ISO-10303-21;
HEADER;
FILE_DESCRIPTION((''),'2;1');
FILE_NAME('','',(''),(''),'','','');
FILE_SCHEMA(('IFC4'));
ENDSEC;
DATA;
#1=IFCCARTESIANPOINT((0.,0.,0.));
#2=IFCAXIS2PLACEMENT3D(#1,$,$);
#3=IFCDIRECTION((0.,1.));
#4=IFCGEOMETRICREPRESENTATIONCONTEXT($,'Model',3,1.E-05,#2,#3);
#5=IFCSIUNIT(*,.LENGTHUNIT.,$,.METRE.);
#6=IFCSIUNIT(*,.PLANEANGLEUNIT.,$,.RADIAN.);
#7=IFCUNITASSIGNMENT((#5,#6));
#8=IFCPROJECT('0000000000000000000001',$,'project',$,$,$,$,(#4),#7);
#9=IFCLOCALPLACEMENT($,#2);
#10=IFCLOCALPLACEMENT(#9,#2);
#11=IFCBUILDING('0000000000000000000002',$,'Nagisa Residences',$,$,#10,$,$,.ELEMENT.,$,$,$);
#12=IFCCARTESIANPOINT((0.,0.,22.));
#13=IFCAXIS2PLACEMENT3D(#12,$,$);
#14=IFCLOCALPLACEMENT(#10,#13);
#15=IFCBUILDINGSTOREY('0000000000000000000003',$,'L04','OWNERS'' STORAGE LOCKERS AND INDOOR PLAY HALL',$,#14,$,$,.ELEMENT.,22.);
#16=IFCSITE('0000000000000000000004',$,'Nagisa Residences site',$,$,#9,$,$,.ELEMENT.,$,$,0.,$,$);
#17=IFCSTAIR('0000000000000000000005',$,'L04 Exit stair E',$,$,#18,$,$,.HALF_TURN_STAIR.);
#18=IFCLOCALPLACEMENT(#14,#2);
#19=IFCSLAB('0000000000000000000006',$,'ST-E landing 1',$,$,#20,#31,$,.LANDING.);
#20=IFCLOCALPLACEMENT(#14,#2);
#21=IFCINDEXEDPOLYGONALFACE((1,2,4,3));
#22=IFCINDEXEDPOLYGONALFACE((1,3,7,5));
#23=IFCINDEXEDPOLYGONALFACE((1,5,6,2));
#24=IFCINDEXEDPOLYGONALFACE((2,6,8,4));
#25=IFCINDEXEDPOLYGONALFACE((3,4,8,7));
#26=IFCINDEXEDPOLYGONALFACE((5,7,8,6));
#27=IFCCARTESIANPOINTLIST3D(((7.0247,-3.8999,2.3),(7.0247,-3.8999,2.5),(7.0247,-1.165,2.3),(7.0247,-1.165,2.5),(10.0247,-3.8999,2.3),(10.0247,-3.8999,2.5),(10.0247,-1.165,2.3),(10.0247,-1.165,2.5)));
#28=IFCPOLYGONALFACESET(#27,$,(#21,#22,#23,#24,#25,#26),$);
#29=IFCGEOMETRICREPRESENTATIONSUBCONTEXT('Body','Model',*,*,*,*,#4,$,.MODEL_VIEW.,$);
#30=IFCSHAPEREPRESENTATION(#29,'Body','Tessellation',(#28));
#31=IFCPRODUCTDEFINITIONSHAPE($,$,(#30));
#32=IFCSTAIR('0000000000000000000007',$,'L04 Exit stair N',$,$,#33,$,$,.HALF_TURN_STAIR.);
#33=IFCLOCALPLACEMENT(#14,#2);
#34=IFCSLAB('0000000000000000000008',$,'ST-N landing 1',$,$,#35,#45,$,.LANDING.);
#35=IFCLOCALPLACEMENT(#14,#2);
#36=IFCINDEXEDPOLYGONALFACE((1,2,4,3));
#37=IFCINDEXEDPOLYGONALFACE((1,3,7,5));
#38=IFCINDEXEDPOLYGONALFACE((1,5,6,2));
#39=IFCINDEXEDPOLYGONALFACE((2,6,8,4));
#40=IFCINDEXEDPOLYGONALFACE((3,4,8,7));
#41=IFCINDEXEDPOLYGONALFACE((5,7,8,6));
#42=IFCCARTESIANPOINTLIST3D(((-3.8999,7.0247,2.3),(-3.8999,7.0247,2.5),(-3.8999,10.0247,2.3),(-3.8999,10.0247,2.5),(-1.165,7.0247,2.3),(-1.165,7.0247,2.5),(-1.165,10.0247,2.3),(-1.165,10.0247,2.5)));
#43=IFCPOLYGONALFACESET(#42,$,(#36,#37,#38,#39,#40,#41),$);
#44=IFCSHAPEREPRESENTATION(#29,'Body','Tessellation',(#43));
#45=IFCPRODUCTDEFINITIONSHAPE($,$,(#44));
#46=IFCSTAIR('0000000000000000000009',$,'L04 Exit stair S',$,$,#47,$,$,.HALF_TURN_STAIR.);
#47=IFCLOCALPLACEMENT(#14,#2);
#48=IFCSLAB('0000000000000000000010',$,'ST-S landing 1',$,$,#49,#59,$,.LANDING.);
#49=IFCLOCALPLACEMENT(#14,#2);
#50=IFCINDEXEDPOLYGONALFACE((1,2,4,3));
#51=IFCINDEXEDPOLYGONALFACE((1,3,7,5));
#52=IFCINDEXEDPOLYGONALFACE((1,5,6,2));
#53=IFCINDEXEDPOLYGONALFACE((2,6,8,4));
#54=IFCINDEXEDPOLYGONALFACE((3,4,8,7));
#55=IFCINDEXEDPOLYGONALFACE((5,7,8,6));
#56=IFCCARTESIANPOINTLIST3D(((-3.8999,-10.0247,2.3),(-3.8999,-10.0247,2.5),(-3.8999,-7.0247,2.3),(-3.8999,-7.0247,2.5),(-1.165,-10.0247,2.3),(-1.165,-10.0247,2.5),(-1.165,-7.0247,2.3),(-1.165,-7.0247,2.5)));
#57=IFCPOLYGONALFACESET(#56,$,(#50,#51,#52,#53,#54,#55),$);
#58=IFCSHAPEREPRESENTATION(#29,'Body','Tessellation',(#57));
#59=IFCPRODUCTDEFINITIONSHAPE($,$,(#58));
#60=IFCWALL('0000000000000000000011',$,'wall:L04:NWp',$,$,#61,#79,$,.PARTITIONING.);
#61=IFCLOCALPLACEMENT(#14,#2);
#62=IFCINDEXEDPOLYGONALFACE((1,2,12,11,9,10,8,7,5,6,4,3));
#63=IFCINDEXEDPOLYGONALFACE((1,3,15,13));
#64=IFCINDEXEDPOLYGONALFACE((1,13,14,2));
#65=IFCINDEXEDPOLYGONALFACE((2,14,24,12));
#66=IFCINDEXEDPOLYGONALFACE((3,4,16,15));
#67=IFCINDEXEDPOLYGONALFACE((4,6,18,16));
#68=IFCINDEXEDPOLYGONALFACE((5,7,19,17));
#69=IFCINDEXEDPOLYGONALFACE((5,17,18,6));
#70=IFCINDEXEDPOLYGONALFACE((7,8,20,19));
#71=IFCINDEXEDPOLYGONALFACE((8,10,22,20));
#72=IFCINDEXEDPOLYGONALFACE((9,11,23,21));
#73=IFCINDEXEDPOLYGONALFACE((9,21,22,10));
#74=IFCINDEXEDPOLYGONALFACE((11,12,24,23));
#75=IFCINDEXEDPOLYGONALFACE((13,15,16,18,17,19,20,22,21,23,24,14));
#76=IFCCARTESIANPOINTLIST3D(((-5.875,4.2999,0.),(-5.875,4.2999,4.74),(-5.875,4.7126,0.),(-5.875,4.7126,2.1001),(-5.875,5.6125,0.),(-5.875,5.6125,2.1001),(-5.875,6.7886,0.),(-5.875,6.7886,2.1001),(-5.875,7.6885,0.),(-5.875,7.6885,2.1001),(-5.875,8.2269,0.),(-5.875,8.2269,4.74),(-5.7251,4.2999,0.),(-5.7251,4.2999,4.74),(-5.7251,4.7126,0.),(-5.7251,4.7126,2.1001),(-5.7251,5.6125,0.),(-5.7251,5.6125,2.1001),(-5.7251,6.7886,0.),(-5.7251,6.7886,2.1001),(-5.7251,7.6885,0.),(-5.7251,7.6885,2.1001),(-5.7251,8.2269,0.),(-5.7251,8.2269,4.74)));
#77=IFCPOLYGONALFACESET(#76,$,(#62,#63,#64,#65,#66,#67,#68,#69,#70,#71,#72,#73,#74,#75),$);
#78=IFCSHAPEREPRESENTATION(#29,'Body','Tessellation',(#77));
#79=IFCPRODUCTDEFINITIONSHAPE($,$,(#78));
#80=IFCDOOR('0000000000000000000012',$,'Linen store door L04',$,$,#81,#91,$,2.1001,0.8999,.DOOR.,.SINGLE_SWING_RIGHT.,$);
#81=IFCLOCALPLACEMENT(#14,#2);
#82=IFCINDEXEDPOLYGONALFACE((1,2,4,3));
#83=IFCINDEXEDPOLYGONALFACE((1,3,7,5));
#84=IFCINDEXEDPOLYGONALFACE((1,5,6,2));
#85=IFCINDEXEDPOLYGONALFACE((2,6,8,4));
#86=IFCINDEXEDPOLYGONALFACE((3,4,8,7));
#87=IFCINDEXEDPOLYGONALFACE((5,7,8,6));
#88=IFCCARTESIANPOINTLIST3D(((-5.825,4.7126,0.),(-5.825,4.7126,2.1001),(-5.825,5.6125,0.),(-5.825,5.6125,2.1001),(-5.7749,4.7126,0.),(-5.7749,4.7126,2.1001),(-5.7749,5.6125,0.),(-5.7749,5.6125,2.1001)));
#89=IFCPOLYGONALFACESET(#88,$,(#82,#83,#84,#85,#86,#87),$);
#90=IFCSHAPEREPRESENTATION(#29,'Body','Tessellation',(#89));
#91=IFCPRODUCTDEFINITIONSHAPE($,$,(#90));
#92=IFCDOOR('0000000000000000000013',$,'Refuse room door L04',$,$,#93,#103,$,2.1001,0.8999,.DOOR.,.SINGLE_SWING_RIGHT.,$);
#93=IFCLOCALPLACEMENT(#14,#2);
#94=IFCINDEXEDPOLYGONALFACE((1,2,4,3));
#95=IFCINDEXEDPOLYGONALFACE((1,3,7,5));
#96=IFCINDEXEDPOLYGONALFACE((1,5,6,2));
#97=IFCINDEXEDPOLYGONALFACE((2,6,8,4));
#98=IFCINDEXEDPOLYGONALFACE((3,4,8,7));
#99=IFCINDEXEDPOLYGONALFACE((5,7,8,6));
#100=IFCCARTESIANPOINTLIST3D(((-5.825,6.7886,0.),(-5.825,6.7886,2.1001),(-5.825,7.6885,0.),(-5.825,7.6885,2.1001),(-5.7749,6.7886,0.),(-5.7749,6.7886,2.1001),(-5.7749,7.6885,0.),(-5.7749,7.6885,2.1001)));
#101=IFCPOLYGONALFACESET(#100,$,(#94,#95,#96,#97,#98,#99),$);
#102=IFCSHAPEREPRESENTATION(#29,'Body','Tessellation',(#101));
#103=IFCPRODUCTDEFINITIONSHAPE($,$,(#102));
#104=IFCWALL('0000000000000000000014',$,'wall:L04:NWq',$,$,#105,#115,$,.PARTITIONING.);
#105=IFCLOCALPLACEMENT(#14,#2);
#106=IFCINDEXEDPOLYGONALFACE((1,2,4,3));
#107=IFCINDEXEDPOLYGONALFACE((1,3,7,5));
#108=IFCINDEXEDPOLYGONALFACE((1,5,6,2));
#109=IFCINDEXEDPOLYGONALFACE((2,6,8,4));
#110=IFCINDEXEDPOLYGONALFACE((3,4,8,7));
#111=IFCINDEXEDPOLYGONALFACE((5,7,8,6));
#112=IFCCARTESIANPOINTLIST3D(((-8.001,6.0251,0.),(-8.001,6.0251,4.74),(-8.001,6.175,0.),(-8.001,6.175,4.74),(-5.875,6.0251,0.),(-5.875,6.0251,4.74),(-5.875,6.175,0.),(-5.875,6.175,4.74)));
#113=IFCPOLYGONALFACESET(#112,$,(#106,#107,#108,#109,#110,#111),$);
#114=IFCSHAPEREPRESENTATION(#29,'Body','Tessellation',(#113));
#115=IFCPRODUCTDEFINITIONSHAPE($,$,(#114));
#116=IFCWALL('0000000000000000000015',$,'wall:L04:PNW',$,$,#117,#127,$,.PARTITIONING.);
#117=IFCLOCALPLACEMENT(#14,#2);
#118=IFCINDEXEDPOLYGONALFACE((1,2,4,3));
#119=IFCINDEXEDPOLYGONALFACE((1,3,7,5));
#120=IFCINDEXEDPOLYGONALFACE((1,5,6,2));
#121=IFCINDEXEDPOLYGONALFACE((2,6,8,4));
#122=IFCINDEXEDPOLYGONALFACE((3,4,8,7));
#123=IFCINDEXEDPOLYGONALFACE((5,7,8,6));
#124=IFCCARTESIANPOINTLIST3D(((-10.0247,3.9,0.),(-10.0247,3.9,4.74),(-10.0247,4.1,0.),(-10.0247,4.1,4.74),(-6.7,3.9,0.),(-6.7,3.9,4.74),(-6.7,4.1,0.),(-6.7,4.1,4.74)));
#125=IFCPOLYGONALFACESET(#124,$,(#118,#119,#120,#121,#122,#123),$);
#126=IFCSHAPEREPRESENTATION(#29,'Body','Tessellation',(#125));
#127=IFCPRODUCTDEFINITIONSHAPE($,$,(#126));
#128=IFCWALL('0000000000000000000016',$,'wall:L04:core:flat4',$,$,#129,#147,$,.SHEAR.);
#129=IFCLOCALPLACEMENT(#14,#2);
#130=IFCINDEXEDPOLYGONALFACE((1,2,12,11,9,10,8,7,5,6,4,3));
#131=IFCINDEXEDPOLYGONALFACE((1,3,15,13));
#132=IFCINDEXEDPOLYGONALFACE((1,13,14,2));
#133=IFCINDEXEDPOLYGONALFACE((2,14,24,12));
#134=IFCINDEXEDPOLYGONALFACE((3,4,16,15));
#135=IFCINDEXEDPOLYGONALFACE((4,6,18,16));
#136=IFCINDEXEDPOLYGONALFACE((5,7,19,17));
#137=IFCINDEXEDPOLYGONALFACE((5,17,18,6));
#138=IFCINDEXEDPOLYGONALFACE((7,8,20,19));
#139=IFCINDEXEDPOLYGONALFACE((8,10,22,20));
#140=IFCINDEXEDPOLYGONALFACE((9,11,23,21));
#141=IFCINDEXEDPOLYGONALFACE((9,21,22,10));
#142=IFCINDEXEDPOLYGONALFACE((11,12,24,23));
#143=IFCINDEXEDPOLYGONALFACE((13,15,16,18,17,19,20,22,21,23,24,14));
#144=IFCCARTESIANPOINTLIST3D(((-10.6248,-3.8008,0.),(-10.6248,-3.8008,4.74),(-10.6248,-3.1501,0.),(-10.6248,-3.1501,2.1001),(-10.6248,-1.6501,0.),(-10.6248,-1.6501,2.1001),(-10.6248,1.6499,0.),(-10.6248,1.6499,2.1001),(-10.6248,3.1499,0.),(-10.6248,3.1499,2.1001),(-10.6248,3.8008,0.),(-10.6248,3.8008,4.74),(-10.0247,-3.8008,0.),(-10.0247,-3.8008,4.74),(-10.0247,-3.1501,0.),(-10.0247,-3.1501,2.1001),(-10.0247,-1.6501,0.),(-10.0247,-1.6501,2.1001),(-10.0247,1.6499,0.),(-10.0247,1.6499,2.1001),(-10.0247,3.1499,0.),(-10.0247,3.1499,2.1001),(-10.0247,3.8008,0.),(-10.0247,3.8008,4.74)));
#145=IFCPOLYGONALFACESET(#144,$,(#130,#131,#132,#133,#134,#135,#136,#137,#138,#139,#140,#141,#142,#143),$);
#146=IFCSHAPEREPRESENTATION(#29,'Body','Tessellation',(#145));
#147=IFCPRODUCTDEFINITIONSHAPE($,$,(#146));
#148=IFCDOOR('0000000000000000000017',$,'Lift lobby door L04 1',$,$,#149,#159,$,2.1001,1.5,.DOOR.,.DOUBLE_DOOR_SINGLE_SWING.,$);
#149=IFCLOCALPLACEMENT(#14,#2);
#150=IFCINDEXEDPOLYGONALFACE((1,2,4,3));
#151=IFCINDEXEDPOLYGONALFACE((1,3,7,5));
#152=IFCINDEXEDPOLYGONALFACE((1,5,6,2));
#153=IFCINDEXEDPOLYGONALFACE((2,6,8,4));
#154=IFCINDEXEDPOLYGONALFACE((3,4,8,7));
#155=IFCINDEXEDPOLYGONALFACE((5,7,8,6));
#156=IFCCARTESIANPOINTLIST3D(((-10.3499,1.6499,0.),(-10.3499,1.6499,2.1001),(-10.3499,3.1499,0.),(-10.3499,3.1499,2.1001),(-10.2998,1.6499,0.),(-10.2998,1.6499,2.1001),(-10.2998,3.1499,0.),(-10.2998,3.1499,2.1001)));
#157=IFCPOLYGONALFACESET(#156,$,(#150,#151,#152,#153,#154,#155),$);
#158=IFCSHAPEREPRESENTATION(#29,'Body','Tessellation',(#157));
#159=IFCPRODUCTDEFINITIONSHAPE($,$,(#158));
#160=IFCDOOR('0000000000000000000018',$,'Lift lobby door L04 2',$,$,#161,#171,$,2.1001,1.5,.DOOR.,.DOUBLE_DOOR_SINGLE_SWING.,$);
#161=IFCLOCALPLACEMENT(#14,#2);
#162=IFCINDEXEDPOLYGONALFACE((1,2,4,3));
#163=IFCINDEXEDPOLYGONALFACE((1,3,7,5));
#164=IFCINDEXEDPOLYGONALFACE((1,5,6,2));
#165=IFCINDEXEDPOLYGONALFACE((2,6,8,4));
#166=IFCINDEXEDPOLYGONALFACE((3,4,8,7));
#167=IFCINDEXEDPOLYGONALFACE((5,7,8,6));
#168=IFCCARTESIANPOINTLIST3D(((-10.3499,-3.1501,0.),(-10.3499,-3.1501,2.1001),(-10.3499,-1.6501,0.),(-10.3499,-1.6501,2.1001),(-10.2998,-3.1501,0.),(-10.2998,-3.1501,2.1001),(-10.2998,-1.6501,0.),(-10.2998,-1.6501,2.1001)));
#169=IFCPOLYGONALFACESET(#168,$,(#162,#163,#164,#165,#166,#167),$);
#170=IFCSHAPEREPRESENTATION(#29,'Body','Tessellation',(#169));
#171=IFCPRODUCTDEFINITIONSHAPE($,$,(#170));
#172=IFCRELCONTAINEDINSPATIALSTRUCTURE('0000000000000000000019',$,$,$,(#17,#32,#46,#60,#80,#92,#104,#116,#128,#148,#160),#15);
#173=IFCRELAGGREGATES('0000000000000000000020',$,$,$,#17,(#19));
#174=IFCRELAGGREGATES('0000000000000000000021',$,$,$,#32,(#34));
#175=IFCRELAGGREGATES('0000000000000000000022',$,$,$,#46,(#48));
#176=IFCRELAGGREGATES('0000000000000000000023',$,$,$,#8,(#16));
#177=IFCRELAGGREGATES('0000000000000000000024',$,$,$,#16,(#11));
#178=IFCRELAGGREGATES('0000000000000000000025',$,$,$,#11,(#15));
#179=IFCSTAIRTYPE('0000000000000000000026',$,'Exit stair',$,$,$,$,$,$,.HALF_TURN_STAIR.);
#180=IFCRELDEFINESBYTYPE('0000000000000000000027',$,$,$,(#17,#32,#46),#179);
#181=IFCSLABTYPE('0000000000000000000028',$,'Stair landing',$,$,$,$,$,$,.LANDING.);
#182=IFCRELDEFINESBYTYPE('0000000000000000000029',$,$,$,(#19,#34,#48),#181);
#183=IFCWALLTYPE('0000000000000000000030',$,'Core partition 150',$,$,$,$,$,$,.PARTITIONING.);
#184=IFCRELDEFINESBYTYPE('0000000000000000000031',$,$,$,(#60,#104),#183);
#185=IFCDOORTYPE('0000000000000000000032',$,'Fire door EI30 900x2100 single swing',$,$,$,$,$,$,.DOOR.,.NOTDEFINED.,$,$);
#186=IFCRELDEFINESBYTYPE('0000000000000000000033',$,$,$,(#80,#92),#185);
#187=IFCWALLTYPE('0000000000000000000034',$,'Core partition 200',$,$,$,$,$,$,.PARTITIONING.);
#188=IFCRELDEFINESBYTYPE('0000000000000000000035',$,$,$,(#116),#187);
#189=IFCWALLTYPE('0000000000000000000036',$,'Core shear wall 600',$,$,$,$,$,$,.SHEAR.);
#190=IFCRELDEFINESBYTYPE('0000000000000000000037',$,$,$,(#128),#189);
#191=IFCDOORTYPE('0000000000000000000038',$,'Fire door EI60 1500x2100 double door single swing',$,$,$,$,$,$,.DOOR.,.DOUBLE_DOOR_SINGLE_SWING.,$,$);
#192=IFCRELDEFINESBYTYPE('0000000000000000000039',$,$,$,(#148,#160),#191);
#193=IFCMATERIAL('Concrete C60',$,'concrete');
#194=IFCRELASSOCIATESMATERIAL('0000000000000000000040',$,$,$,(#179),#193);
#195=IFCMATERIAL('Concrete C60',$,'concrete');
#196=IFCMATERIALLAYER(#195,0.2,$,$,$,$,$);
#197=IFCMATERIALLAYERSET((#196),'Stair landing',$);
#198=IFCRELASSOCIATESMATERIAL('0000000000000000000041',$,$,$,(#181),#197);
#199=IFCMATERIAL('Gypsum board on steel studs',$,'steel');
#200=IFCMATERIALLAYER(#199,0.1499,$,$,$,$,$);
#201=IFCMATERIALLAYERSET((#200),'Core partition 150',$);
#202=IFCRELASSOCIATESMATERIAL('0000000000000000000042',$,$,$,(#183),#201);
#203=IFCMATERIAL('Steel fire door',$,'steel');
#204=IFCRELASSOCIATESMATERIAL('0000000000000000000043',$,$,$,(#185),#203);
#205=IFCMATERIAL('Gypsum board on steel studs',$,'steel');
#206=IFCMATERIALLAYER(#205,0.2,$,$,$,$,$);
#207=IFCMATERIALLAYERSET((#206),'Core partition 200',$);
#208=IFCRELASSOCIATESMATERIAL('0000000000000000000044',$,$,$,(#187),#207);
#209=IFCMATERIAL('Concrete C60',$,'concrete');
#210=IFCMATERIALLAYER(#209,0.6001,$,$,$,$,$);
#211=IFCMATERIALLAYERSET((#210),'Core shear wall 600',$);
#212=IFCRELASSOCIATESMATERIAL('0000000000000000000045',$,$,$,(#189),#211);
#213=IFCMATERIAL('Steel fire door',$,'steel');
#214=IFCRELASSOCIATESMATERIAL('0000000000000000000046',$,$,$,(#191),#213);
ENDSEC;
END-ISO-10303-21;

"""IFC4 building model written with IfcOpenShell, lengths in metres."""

from ifc_helpers import new_model, si_unit, direction, frame, frame_2d, origin, place, context, subcontext, project, spatial, polyline, rectangle, outline, extrude, material, layer, layer_set, type_object, element, fill, aggregate, save


model = new_model("IFC4")

# Units and contexts
model_context = context("Model", 3, precision=1e-05, world=origin(), true_north=direction((0.0, 1.0)))
body_context = subcontext(model_context, "Body", "Model", "MODEL_VIEW")
ifc_project = project(units=[si_unit("LENGTHUNIT", "METRE"), si_unit("PLANEANGLEUNIT", "RADIAN")], contexts=[model_context])

# Site, building, storey
site_placement = place(None, origin())
site = spatial("IfcSite", under=ifc_project, at=site_placement, Name="Nagisa Residences site", CompositionType="ELEMENT", RefElevation=0.0)
building_placement = place(site_placement, origin())
building = spatial("IfcBuilding", under=site, at=building_placement, Name="Nagisa Residences", CompositionType="ELEMENT")
storey_placement = place(building_placement, frame((0.0, 0.0, 22.0)))
storey = spatial("IfcBuildingStorey", under=building, at=storey_placement, Name="L04", Description="OWNERS' STORAGE LOCKERS AND INDOOR PLAY HALL", CompositionType="ELEMENT", Elevation=22.0)

# Stairs, slabs
ifc_material_1 = material(Name="Concrete C60", Category="concrete")
stair_type = type_object("IfcStairType", Name="Exit stair", PredefinedType="HALF_TURN_STAIR", material=ifc_material_1)
stair_1_placement = place(storey_placement, origin())
stair_1 = element("IfcStair", 1, at=stair_1_placement, inside=storey, type_object=stair_type, Name="L04 Exit stair E", PredefinedType="HALF_TURN_STAIR")
ifc_material_2 = material(Name="Concrete C60", Category="concrete")
ifc_layer_1 = layer(ifc_material_2, 0.2)
ifc_layer_set_1 = layer_set([ifc_layer_1], Name="Stair landing")
slab_type = type_object("IfcSlabType", Name="Stair landing", PredefinedType="LANDING", material=ifc_layer_set_1)
slab_1_placement = place(storey_placement, frame((0.0, 0.0, 2.3)))
slab_1 = element("IfcSlab", 2, at=slab_1_placement, type_object=slab_type, Name="ST-E landing 1", PredefinedType="LANDING", context=body_context, shape_type="SweptSolid", body=[
    extrude(outline(polyline([(7.0247, -1.165), (7.0247, -3.8999), (10.0247, -3.8999), (10.0247, -1.165), (7.0247, -1.165)])), origin(), (0.0, 0.0, 1.0), 0.2),
])
aggregate(stair_1, [slab_1])
stair_2_placement = place(storey_placement, origin())
stair_2 = element("IfcStair", 3, at=stair_2_placement, inside=storey, type_object=stair_type, Name="L04 Exit stair N", PredefinedType="HALF_TURN_STAIR")
slab_2_placement = place(storey_placement, frame((0.0, 0.0, 2.3)))
slab_2 = element("IfcSlab", 4, at=slab_2_placement, type_object=slab_type, Name="ST-N landing 1", PredefinedType="LANDING", context=body_context, shape_type="SweptSolid", body=[
    extrude(outline(polyline([(-1.165, 10.0247), (-3.8999, 10.0247), (-3.8999, 7.0247), (-1.165, 7.0247), (-1.165, 10.0247)])), origin(), (0.0, 0.0, 1.0), 0.2),
])
aggregate(stair_2, [slab_2])
stair_3_placement = place(storey_placement, origin())
stair_3 = element("IfcStair", 5, at=stair_3_placement, inside=storey, type_object=stair_type, Name="L04 Exit stair S", PredefinedType="HALF_TURN_STAIR")
slab_3_placement = place(storey_placement, frame((0.0, 0.0, 2.3)))
slab_3 = element("IfcSlab", 6, at=slab_3_placement, type_object=slab_type, Name="ST-S landing 1", PredefinedType="LANDING", context=body_context, shape_type="SweptSolid", body=[
    extrude(outline(polyline([(-1.165, -7.0247), (-3.8999, -7.0247), (-3.8999, -10.0247), (-1.165, -10.0247), (-1.165, -7.0247)])), origin(), (0.0, 0.0, 1.0), 0.2),
])
aggregate(stair_3, [slab_3])

# Wall, openings, doors
ifc_material_3 = material(Name="Gypsum board on steel studs", Category="steel")
ifc_layer_2 = layer(ifc_material_3, 0.1499)
ifc_layer_set_2 = layer_set([ifc_layer_2], Name="Core partition 150")
wall_type_1 = type_object("IfcWallType", Name="Core partition 150", PredefinedType="PARTITIONING", material=ifc_layer_set_2)
wall_1_placement = place(storey_placement, frame((-5.8, 4.3, 0.0), z_axis=(0.0, 0.0, 1.0), x_axis=(0.0, 1.0, 0.0)))
wall_1 = element("IfcWall", 7, at=wall_1_placement, inside=storey, type_object=wall_type_1, Name="wall:L04:NWp", PredefinedType="PARTITIONING", context=body_context, shape_type="SweptSolid", body=[
    extrude(rectangle(XDim=3.927, YDim=0.1499, at=frame_2d((1.9634, 0.0))), origin(), (0.0, 0.0, 1.0), 4.74),
])
opening_1_placement = place(wall_1_placement, frame((0.4126, 0.0, 0.0)))
opening_1 = element("IfcOpeningElement", 8, at=opening_1_placement, cuts=wall_1, PredefinedType="OPENING", context=body_context, shape_type="SweptSolid", body=[
    extrude(rectangle(XDim=0.8999, YDim=2.1001, at=frame_2d((0.45, 1.05))), frame((0.0, 0.085, 0.0), z_axis=(0.0, -1.0, 0.0), x_axis=(1.0, 0.0, 0.0)), (0.0, 0.0, 1.0), 0.1699),
])
opening_2_placement = place(wall_1_placement, frame((2.4885, 0.0, 0.0)))
opening_2 = element("IfcOpeningElement", 9, at=opening_2_placement, cuts=wall_1, PredefinedType="OPENING", context=body_context, shape_type="SweptSolid", body=[
    extrude(rectangle(XDim=0.8999, YDim=2.1001, at=frame_2d((0.45, 1.05))), frame((0.0, 0.085, 0.0), z_axis=(0.0, -1.0, 0.0), x_axis=(1.0, 0.0, 0.0)), (0.0, 0.0, 1.0), 0.1699),
])
ifc_material_4 = material(Name="Steel fire door", Category="steel")
door_type_1 = type_object("IfcDoorType", Name="Fire door EI30 900x2100 single swing", OperationType="NOTDEFINED", PredefinedType="DOOR", material=ifc_material_4)
door_1_placement = place(opening_1_placement, origin())
door_1 = element("IfcDoor", 10, at=door_1_placement, inside=storey, type_object=door_type_1, Name="Linen store door L04", OperationType="SINGLE_SWING_RIGHT", OverallHeight=2.1001, OverallWidth=0.8999, PredefinedType="DOOR", context=body_context, shape_type="SweptSolid", body=[
    extrude(rectangle(XDim=0.8999, YDim=2.1001, at=frame_2d((0.45, 1.05))), frame((0.0, 0.0249, 0.0), z_axis=(0.0, -1.0, 0.0), x_axis=(1.0, 0.0, 0.0)), (0.0, 0.0, 1.0), 0.05),
])
fill(opening_1, door_1)
door_2_placement = place(opening_2_placement, origin())
door_2 = element("IfcDoor", 11, at=door_2_placement, inside=storey, type_object=door_type_1, Name="Refuse room door L04", OperationType="SINGLE_SWING_RIGHT", OverallHeight=2.1001, OverallWidth=0.8999, PredefinedType="DOOR", context=body_context, shape_type="SweptSolid", body=[
    extrude(rectangle(XDim=0.8999, YDim=2.1001, at=frame_2d((0.45, 1.05))), frame((0.0, 0.0249, 0.0), z_axis=(0.0, -1.0, 0.0), x_axis=(1.0, 0.0, 0.0)), (0.0, 0.0, 1.0), 0.05),
])
fill(opening_2, door_2)

# Walls
wall_2_placement = place(storey_placement, frame((-8.001, 6.1001, 0.0), z_axis=(0.0, 0.0, 1.0), x_axis=(1.0, 0.0, 0.0)))
element("IfcWall", 12, at=wall_2_placement, inside=storey, type_object=wall_type_1, Name="wall:L04:NWq", PredefinedType="PARTITIONING", context=body_context, shape_type="SweptSolid", body=[
    extrude(rectangle(XDim=2.126, YDim=0.1499, at=frame_2d((1.063, 0.0))), origin(), (0.0, 0.0, 1.0), 4.74),
])
ifc_material_5 = material(Name="Gypsum board on steel studs", Category="steel")
ifc_layer_3 = layer(ifc_material_5, 0.2)
ifc_layer_set_3 = layer_set([ifc_layer_3], Name="Core partition 200")
wall_type_2 = type_object("IfcWallType", Name="Core partition 200", PredefinedType="PARTITIONING", material=ifc_layer_set_3)
wall_3_placement = place(storey_placement, frame((-10.0247, 4.0, 0.0), z_axis=(0.0, 0.0, 1.0), x_axis=(1.0, 0.0, 0.0)))
element("IfcWall", 13, at=wall_3_placement, inside=storey, type_object=wall_type_2, Name="wall:L04:PNW", PredefinedType="PARTITIONING", context=body_context, shape_type="SweptSolid", body=[
    extrude(rectangle(XDim=3.3247, YDim=0.2, at=frame_2d((1.6624, 0.0))), origin(), (0.0, 0.0, 1.0), 4.74),
])

# Wall, openings, doors
ifc_material_6 = material(Name="Concrete C60", Category="concrete")
ifc_layer_4 = layer(ifc_material_6, 0.6001)
ifc_layer_set_4 = layer_set([ifc_layer_4], Name="Core shear wall 600")
wall_type_3 = type_object("IfcWallType", Name="Core shear wall 600", PredefinedType="SHEAR", material=ifc_layer_set_4)
wall_4_placement = place(storey_placement, frame((-10.3247, 3.8008, 0.0), z_axis=(0.0, 0.0, 1.0), x_axis=(0.0, -1.0, 0.0)))
wall_4 = element("IfcWall", 14, at=wall_4_placement, inside=storey, type_object=wall_type_3, Name="wall:L04:core:flat4", PredefinedType="SHEAR", context=body_context, shape_type="SweptSolid", body=[
    extrude(rectangle(XDim=7.6016, YDim=0.6001, at=frame_2d((3.8008, 0.0))), origin(), (0.0, 0.0, 1.0), 4.74),
])
opening_3_placement = place(wall_4_placement, frame((0.6509, 0.0, 0.0)))
opening_3 = element("IfcOpeningElement", 15, at=opening_3_placement, cuts=wall_4, PredefinedType="OPENING", context=body_context, shape_type="SweptSolid", body=[
    extrude(rectangle(XDim=1.5, YDim=2.1001, at=frame_2d((0.75, 1.05))), frame((0.0, 0.3101, 0.0), z_axis=(0.0, -1.0, 0.0), x_axis=(1.0, 0.0, 0.0)), (0.0, 0.0, 1.0), 0.6201),
])
opening_4_placement = place(wall_4_placement, frame((5.4509, 0.0, 0.0)))
opening_4 = element("IfcOpeningElement", 16, at=opening_4_placement, cuts=wall_4, PredefinedType="OPENING", context=body_context, shape_type="SweptSolid", body=[
    extrude(rectangle(XDim=1.5, YDim=2.1001, at=frame_2d((0.75, 1.05))), frame((0.0, 0.3101, 0.0), z_axis=(0.0, -1.0, 0.0), x_axis=(1.0, 0.0, 0.0)), (0.0, 0.0, 1.0), 0.6201),
])
ifc_material_7 = material(Name="Steel fire door", Category="steel")
door_type_2 = type_object("IfcDoorType", Name="Fire door EI60 1500x2100 double door single swing", OperationType="DOUBLE_DOOR_SINGLE_SWING", PredefinedType="DOOR", material=ifc_material_7)
door_3_placement = place(opening_3_placement, origin())
door_3 = element("IfcDoor", 17, at=door_3_placement, inside=storey, type_object=door_type_2, Name="Lift lobby door L04 1", OperationType="DOUBLE_DOOR_SINGLE_SWING", OverallHeight=2.1001, OverallWidth=1.5, PredefinedType="DOOR", context=body_context, shape_type="SweptSolid", body=[
    extrude(rectangle(XDim=1.5, YDim=2.1001, at=frame_2d((0.75, 1.05))), frame((0.0, 0.0249, 0.0), z_axis=(0.0, -1.0, 0.0), x_axis=(1.0, 0.0, 0.0)), (0.0, 0.0, 1.0), 0.05),
])
fill(opening_3, door_3)
door_4_placement = place(opening_4_placement, origin())
door_4 = element("IfcDoor", 18, at=door_4_placement, inside=storey, type_object=door_type_2, Name="Lift lobby door L04 2", OperationType="DOUBLE_DOOR_SINGLE_SWING", OverallHeight=2.1001, OverallWidth=1.5, PredefinedType="DOOR", context=body_context, shape_type="SweptSolid", body=[
    extrude(rectangle(XDim=1.5, YDim=2.1001, at=frame_2d((0.75, 1.05))), frame((0.0, 0.0249, 0.0), z_axis=(0.0, -1.0, 0.0), x_axis=(1.0, 0.0, 0.0)), (0.0, 0.0, 1.0), 0.05),
])
fill(opening_4, door_4)

save(model, "model.ifc")
